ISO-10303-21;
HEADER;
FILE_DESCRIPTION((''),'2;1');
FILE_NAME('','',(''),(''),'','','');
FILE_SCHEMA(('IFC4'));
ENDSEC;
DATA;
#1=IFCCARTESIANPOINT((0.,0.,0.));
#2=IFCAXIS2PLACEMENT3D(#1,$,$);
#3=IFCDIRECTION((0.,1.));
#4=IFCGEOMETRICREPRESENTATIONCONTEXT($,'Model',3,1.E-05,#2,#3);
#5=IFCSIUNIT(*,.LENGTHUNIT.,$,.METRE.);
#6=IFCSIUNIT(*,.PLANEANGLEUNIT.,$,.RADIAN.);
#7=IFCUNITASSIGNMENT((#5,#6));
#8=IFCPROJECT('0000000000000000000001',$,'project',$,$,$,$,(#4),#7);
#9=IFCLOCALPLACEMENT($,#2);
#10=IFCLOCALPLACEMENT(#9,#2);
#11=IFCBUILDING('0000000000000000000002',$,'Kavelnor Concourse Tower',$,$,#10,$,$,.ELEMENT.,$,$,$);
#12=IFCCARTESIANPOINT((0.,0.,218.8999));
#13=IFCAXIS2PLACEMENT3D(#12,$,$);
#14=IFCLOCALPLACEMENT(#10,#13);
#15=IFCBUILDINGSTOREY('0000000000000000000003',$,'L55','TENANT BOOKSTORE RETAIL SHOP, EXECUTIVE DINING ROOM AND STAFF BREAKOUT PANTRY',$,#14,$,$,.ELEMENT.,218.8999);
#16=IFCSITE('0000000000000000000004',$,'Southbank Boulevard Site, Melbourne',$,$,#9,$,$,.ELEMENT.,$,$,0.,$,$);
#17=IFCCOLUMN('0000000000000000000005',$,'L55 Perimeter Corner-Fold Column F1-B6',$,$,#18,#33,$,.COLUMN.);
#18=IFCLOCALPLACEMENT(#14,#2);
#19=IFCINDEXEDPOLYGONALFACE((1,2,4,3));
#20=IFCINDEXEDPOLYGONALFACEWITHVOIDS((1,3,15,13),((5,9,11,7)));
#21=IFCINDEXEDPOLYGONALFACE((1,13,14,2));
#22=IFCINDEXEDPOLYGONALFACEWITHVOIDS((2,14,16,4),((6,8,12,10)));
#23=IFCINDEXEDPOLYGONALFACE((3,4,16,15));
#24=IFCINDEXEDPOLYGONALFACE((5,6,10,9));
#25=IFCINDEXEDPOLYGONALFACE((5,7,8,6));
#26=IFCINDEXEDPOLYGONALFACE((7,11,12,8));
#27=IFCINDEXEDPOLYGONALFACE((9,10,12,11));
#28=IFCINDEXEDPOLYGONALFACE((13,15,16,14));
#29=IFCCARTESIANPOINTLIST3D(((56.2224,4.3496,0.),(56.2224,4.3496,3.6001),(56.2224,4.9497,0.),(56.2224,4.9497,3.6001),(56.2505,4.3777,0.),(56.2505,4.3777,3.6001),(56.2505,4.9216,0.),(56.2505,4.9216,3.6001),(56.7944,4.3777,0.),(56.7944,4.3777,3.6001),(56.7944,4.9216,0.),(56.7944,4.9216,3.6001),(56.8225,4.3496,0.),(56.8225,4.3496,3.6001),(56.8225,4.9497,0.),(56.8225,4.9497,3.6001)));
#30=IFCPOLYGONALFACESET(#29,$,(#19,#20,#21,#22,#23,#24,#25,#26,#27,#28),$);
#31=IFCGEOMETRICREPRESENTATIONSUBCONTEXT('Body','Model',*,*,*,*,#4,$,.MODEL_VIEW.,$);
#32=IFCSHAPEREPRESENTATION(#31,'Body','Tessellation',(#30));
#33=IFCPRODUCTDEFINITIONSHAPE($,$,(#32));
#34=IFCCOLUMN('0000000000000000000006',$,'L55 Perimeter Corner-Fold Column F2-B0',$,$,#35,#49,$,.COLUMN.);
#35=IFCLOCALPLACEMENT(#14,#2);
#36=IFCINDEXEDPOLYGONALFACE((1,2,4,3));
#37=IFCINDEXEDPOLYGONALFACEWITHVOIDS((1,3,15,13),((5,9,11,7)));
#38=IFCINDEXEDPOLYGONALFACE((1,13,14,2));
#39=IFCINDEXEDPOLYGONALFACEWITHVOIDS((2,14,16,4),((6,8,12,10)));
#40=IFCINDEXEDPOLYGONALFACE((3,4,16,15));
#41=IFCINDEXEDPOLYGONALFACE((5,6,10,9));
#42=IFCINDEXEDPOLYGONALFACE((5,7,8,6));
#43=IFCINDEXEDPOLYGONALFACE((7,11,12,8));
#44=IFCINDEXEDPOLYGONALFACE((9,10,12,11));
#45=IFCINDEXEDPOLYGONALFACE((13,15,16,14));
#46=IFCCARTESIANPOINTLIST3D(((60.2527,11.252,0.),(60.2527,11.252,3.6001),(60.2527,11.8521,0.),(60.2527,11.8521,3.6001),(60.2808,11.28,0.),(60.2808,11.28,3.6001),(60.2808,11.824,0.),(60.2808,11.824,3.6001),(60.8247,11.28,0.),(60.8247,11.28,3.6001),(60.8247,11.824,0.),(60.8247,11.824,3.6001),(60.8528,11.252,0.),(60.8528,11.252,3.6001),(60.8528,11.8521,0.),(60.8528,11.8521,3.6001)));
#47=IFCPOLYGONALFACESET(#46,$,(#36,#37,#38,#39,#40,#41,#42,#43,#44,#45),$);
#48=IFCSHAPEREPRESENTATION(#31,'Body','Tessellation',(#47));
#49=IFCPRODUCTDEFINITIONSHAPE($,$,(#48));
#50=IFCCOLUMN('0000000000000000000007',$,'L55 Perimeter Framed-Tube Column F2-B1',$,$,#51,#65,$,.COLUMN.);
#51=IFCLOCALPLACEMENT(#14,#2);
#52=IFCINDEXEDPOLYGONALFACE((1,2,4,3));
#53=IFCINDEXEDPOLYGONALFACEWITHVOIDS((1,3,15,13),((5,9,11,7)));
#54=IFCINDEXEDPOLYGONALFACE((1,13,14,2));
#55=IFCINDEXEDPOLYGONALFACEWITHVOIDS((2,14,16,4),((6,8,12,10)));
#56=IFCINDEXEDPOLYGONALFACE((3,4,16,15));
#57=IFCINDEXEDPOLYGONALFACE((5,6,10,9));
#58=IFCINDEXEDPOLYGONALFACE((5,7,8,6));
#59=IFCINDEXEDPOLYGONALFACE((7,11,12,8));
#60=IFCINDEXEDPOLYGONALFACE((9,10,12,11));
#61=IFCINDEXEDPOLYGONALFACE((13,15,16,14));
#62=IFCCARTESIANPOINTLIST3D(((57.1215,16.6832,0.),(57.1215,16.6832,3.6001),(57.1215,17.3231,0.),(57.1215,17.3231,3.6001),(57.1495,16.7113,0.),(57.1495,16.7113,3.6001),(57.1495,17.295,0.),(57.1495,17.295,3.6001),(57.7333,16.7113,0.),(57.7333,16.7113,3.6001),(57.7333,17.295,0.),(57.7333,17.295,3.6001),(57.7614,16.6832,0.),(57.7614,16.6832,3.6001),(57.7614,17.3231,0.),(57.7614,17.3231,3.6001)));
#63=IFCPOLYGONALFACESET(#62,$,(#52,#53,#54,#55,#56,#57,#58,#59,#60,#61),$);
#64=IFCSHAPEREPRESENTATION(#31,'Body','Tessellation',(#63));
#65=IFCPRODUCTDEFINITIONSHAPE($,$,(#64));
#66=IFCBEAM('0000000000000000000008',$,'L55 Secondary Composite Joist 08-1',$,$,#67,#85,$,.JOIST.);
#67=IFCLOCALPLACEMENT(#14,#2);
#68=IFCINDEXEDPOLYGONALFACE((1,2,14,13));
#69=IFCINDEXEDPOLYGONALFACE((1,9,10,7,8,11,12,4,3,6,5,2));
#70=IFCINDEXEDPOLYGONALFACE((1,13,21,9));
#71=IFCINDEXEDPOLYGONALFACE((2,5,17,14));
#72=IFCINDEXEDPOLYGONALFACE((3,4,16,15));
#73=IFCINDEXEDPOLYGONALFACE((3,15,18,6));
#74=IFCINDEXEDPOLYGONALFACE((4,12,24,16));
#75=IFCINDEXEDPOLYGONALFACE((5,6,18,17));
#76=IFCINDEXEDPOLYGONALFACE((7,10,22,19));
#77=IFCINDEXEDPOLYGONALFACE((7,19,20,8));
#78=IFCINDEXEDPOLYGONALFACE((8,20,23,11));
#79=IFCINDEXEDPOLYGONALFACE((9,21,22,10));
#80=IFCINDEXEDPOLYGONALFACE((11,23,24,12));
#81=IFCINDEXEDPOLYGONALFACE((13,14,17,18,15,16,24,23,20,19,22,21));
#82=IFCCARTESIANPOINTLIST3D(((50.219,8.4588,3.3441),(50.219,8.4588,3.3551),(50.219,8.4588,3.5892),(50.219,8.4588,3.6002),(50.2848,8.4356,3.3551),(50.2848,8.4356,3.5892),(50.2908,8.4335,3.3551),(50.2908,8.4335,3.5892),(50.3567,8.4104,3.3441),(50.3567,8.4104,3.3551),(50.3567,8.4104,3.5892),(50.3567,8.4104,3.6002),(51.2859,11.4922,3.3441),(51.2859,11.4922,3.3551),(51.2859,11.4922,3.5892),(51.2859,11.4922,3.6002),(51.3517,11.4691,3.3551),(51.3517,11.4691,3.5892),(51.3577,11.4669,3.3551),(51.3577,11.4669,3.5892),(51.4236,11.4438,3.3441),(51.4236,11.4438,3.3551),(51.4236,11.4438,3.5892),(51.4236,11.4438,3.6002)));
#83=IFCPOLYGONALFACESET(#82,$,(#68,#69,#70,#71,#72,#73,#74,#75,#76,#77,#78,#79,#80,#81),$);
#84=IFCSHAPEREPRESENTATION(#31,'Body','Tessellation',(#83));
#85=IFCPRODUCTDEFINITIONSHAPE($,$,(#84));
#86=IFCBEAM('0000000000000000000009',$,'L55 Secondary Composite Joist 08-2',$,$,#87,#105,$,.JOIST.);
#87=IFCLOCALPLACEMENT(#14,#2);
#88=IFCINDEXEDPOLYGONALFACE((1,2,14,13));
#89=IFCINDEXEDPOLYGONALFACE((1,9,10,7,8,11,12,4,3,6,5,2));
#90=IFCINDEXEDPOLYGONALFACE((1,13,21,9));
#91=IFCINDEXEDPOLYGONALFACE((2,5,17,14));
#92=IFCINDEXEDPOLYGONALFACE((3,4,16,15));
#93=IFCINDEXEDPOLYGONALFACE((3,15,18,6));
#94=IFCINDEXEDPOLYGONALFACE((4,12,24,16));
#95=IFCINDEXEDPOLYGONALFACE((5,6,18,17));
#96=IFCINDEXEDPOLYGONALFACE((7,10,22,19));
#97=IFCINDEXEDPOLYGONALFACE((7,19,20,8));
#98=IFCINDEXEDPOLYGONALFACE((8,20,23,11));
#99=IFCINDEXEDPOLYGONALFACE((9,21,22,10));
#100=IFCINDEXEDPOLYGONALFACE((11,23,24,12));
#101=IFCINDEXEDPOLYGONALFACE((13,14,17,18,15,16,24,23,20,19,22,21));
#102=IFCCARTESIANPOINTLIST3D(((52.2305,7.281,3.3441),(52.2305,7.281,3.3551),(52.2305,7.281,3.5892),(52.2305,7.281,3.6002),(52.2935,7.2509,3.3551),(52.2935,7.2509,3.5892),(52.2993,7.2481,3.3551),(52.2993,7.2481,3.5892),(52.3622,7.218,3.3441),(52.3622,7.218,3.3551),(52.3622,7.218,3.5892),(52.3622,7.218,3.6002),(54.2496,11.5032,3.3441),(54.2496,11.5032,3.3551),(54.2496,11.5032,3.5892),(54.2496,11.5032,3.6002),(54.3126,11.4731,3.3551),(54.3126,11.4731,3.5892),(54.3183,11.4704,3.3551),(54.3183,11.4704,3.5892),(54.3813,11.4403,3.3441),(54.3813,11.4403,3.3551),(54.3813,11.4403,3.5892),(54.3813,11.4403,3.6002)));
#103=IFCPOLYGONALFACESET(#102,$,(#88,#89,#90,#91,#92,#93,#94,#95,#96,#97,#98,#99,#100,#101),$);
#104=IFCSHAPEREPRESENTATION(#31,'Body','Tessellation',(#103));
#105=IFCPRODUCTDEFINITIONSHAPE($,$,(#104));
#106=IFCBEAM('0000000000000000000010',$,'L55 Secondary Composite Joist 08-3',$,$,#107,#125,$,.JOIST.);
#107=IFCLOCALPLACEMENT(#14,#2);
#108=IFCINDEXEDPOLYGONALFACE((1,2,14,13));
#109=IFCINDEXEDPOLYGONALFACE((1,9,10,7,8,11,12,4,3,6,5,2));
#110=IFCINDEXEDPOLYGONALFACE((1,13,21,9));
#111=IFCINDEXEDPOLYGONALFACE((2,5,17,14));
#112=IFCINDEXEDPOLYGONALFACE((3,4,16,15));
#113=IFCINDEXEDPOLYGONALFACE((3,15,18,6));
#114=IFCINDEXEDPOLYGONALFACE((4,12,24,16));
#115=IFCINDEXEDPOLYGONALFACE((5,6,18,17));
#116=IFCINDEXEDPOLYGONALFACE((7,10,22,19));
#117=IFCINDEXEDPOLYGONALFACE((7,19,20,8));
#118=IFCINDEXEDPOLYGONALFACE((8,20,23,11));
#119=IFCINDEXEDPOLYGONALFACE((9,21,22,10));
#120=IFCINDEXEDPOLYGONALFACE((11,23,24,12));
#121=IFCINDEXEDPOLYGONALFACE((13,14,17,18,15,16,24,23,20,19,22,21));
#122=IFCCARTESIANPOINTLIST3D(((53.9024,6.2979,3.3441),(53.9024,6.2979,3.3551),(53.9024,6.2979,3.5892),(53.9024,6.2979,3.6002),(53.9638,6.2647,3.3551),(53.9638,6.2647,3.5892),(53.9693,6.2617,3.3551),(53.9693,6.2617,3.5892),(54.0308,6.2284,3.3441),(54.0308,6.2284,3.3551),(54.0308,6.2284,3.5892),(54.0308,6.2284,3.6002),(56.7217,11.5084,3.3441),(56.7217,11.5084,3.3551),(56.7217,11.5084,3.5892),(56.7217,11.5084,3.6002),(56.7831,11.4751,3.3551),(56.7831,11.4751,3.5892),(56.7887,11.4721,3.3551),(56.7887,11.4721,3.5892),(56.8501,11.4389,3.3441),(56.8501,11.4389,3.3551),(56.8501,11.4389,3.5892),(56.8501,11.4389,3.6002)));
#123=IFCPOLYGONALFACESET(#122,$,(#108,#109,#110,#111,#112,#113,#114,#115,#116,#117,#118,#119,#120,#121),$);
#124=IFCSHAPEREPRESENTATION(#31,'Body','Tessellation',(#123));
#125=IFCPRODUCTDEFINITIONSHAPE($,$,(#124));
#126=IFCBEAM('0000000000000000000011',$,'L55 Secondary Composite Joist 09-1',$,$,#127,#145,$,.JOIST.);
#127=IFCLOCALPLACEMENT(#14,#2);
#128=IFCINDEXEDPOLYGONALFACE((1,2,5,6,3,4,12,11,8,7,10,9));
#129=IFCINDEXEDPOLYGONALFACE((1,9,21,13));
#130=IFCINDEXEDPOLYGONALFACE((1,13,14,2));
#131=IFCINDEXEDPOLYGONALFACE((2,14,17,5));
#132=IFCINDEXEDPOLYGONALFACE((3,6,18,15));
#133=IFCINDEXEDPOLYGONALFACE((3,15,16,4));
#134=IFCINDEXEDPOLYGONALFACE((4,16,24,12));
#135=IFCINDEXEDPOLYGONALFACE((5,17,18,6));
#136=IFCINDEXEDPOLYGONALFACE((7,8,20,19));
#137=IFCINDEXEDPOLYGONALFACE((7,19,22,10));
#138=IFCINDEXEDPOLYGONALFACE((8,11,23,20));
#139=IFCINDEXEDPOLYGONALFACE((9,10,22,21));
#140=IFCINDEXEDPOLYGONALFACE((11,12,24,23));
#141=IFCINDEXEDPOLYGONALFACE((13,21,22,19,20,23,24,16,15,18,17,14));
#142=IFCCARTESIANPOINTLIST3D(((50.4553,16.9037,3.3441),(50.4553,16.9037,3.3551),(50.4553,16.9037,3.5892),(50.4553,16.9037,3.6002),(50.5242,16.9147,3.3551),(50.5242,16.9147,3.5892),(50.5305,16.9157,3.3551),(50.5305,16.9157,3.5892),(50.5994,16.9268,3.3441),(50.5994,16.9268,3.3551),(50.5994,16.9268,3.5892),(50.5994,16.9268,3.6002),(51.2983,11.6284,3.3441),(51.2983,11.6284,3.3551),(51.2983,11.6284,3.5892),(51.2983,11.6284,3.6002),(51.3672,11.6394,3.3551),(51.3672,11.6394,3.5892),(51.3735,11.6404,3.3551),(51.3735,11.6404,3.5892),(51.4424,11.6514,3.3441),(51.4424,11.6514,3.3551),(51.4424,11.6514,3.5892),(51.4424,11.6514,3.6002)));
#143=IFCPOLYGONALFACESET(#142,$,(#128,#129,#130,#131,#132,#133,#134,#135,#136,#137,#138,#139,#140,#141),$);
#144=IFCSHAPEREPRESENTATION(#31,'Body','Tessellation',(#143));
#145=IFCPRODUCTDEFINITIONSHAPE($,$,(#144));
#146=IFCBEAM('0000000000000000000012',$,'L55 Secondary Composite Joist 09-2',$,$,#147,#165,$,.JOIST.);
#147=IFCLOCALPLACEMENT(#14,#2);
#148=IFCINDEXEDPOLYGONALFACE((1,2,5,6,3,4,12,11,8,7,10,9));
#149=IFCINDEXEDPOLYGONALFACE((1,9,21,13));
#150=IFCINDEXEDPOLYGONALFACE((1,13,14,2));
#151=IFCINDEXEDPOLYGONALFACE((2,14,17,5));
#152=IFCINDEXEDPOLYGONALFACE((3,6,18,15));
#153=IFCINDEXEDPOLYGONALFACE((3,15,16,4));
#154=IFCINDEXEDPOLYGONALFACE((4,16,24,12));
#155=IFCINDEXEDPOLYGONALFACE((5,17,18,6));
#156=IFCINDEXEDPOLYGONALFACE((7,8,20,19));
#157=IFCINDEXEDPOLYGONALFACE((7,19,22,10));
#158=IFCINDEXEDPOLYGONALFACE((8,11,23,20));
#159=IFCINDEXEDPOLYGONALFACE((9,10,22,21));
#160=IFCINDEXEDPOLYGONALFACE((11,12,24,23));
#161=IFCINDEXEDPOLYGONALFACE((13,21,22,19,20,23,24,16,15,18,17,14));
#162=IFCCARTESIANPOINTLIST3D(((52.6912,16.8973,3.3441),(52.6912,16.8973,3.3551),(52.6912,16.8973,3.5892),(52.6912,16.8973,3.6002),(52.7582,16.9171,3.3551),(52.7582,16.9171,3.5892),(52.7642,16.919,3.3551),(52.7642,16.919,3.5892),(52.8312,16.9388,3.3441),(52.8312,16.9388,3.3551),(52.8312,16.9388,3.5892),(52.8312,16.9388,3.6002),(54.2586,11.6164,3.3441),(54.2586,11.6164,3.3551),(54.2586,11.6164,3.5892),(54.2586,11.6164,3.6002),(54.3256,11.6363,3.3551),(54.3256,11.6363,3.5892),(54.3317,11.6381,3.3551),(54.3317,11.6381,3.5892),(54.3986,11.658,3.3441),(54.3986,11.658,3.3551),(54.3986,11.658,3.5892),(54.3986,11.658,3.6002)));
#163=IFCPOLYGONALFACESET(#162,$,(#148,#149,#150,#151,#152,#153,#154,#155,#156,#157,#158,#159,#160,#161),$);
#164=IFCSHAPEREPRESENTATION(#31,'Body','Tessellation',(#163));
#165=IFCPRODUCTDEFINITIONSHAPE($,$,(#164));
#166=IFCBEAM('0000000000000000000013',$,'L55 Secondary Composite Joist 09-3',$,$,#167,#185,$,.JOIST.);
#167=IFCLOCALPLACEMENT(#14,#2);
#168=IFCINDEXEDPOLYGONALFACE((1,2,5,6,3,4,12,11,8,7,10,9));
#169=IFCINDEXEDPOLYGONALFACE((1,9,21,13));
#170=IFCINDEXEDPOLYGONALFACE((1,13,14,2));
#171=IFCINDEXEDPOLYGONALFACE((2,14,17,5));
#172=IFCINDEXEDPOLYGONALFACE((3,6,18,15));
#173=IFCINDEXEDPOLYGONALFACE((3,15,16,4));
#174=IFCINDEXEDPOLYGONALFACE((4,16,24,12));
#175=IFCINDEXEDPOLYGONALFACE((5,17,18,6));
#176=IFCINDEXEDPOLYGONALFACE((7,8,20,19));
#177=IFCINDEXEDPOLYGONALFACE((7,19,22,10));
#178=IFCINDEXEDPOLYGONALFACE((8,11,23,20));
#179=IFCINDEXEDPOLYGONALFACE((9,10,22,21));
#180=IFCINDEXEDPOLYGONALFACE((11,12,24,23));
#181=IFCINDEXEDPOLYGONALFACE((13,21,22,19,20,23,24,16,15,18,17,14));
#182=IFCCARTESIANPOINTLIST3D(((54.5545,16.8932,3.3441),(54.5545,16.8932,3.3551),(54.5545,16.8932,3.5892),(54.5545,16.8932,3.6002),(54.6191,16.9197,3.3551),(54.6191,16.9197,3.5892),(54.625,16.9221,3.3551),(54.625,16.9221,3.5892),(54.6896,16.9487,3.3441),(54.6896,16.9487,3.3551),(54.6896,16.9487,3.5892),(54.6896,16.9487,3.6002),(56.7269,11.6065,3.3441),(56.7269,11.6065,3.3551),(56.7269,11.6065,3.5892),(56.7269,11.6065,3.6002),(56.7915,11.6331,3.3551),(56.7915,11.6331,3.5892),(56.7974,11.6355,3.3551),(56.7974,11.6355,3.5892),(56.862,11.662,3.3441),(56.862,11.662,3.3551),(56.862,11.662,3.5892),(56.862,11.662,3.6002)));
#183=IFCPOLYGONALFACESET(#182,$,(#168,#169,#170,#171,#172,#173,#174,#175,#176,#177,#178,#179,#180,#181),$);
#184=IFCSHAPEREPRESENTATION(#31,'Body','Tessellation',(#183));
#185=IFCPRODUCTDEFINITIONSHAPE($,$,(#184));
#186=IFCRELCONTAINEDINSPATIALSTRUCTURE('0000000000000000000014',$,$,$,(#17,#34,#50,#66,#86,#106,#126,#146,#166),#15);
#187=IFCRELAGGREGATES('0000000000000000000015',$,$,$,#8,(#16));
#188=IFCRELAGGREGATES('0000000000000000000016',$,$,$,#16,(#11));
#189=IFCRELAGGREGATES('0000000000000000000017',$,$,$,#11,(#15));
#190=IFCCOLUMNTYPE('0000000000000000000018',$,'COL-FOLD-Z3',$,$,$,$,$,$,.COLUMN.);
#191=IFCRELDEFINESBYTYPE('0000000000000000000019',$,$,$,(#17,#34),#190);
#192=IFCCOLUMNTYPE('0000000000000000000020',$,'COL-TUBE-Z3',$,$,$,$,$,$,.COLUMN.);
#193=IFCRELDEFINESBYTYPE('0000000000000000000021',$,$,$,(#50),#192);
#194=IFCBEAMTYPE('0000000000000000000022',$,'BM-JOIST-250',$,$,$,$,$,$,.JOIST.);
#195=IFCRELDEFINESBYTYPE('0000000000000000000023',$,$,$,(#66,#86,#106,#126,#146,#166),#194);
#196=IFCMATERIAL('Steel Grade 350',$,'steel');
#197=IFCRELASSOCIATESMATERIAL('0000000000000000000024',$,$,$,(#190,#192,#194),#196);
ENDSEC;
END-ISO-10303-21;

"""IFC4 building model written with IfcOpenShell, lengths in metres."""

from ifc_helpers import new_model, si_unit, direction, frame, origin, origin_2d, place, context, subcontext, project, spatial, hollow_rectangle, i_section, extrude, material, material_profile, profile_set, type_object, element, save


model = new_model("IFC4")

# Units and contexts
model_context = context("Model", 3, precision=1e-05, world=origin(), true_north=direction((0.0, 1.0)))
body_context = subcontext(model_context, "Body", "Model", "MODEL_VIEW")
ifc_project = project(units=[si_unit("LENGTHUNIT", "METRE"), si_unit("PLANEANGLEUNIT", "RADIAN")], contexts=[model_context])

# Site, building, storey
site_placement = place(None, origin())
site = spatial("IfcSite", under=ifc_project, at=site_placement, Name="Southbank Boulevard Site, Melbourne", CompositionType="ELEMENT", RefElevation=0.0)
building_placement = place(site_placement, origin())
building = spatial("IfcBuilding", under=site, at=building_placement, Name="Kavelnor Concourse Tower", CompositionType="ELEMENT")
storey_placement = place(building_placement, frame((0.0, 0.0, 218.8999)))
storey = spatial("IfcBuildingStorey", under=building, at=storey_placement, Name="L55", Description="TENANT BOOKSTORE RETAIL SHOP, EXECUTIVE DINING ROOM AND STAFF BREAKOUT PANTRY", CompositionType="ELEMENT", Elevation=218.8999)

# Columns
ifc_material_1 = material(Name="Steel Grade 350", Category="steel")
ifc_material_profile_1 = material_profile(ifc_material_1, hollow_rectangle(XDim=0.6001, YDim=0.6001, WallThickness=0.0281, at=origin_2d()), Name="SHS 600x600x28")
ifc_profile_set_1 = profile_set([ifc_material_profile_1], Name="Steel Grade 350")
column_type_1 = type_object("IfcColumnType", Name="COL-FOLD-Z3", PredefinedType="COLUMN", material=ifc_profile_set_1)
for number, where, z_axis, x_axis, name in (
    (1, (56.5225, 4.6497, 0.0), (0.0, 0.0, 1.0), (1.0, 0.0, 0.0), "L55 Perimeter Corner-Fold Column F1-B6"),
    (2, (60.5527, 11.552, 0.0), (0.0, 0.0, 1.0), (1.0, 0.0, 0.0), "L55 Perimeter Corner-Fold Column F2-B0"),
):
    element("IfcColumn", number, at=place(storey_placement, frame(where, z_axis=z_axis, x_axis=x_axis)), inside=storey, type_object=column_type_1, Name=name, PredefinedType="COLUMN", context=body_context, shape_type="SweptSolid", body=[
        extrude(hollow_rectangle(XDim=0.6001, YDim=0.6001, WallThickness=0.0281, at=origin_2d()), origin(), (0.0, 0.0, 1.0), 3.6001),
    ])
ifc_material_profile_2 = material_profile(ifc_material_1, hollow_rectangle(XDim=0.6399, YDim=0.6399, WallThickness=0.0281, at=origin_2d()), Name="SHS 640x640x28")
ifc_profile_set_2 = profile_set([ifc_material_profile_2], Name="Steel Grade 350")
column_type_2 = type_object("IfcColumnType", Name="COL-TUBE-Z3", PredefinedType="COLUMN", material=ifc_profile_set_2)
column_placement = place(storey_placement, frame((57.4414, 17.0032, 0.0), z_axis=(0.0, 0.0, 1.0), x_axis=(1.0, 0.0, 0.0)))
element("IfcColumn", 3, at=column_placement, inside=storey, type_object=column_type_2, Name="L55 Perimeter Framed-Tube Column F2-B1", PredefinedType="COLUMN", context=body_context, shape_type="SweptSolid", body=[
    extrude(hollow_rectangle(XDim=0.6399, YDim=0.6399, WallThickness=0.0281, at=origin_2d()), origin(), (0.0, 0.0, 1.0), 3.6001),
])

# Beams
ifc_material_profile_3 = material_profile(ifc_material_1, i_section(OverallWidth=0.146, OverallDepth=0.2561, WebThickness=0.0063, FlangeThickness=0.011, at=origin_2d()), Name="250UB37")
ifc_profile_set_3 = profile_set([ifc_material_profile_3], Name="Steel Grade 350")
beam_type_1 = type_object("IfcBeamType", Name="BM-JOIST-250", PredefinedType="JOIST", material=ifc_profile_set_3)
beam_1_placement = place(storey_placement, frame((50.2878, 8.4346, 3.4722), z_axis=(0.331787, 0.943354, 0.0), x_axis=(-0.943354, 0.331787, 0.0)))
element("IfcBeam", 4, at=beam_1_placement, inside=storey, type_object=beam_type_1, Name="L55 Secondary Composite Joist 08-1", PredefinedType="JOIST", context=body_context, shape_type="SweptSolid", body=[
    extrude(i_section(OverallWidth=0.146, OverallDepth=0.2561, WebThickness=0.0063, FlangeThickness=0.011, at=origin_2d()), origin(), (0.0, 0.0, 1.0), 3.2156),
])
beam_2_placement = place(storey_placement, frame((52.2964, 7.2495, 3.4722), z_axis=(0.431411, 0.902155, 0.0), x_axis=(-0.902155, 0.431411, 0.0)))
element("IfcBeam", 5, at=beam_2_placement, inside=storey, type_object=beam_type_1, Name="L55 Secondary Composite Joist 08-2", PredefinedType="JOIST", context=body_context, shape_type="SweptSolid", body=[
    extrude(i_section(OverallWidth=0.146, OverallDepth=0.2561, WebThickness=0.0063, FlangeThickness=0.011, at=origin_2d()), origin(), (0.0, 0.0, 1.0), 4.6802),
])
beam_3_placement = place(storey_placement, frame((53.9666, 6.2632, 3.4722), z_axis=(0.475893, 0.879503, 0.0), x_axis=(-0.879503, 0.475893, 0.0)))
element("IfcBeam", 6, at=beam_3_placement, inside=storey, type_object=beam_type_1, Name="L55 Secondary Composite Joist 08-3", PredefinedType="JOIST", context=body_context, shape_type="SweptSolid", body=[
    extrude(i_section(OverallWidth=0.146, OverallDepth=0.2561, WebThickness=0.0063, FlangeThickness=0.011, at=origin_2d()), origin(), (0.0, 0.0, 1.0), 5.9243),
])
beam_4_placement = place(storey_placement, frame((51.3704, 11.6399, 3.4722), z_axis=(-0.1578, 0.987471, 0.0), x_axis=(-0.987471, -0.1578, 0.0)))
element("IfcBeam", 7, at=beam_4_placement, inside=storey, type_object=beam_type_1, Name="L55 Secondary Composite Joist 09-1", PredefinedType="JOIST", context=body_context, shape_type="SweptSolid", body=[
    extrude(i_section(OverallWidth=0.146, OverallDepth=0.2561, WebThickness=0.0063, FlangeThickness=0.011, at=origin_2d()), origin(), (0.0, 0.0, 1.0), 5.3423),
])
beam_5_placement = place(storey_placement, frame((54.3286, 11.6372, 3.4722), z_axis=(-0.284541, 0.958664, 0.0), x_axis=(-0.958664, -0.284541, 0.0)))
element("IfcBeam", 8, at=beam_5_placement, inside=storey, type_object=beam_type_1, Name="L55 Secondary Composite Joist 09-2", PredefinedType="JOIST", context=body_context, shape_type="SweptSolid", body=[
    extrude(i_section(OverallWidth=0.146, OverallDepth=0.2561, WebThickness=0.0063, FlangeThickness=0.011, at=origin_2d()), origin(), (0.0, 0.0, 1.0), 5.5085),
])
beam_6_placement = place(storey_placement, frame((56.7944, 11.6343, 3.4722), z_axis=(-0.380079, 0.924954, 0.0), x_axis=(-0.924954, -0.380079, 0.0)))
element("IfcBeam", 9, at=beam_6_placement, inside=storey, type_object=beam_type_1, Name="L55 Secondary Composite Joist 09-3", PredefinedType="JOIST", context=body_context, shape_type="SweptSolid", body=[
    extrude(i_section(OverallWidth=0.146, OverallDepth=0.2561, WebThickness=0.0063, FlangeThickness=0.011, at=origin_2d()), origin(), (0.0, 0.0, 1.0), 5.7156),
])

save(model, "model.ifc")
